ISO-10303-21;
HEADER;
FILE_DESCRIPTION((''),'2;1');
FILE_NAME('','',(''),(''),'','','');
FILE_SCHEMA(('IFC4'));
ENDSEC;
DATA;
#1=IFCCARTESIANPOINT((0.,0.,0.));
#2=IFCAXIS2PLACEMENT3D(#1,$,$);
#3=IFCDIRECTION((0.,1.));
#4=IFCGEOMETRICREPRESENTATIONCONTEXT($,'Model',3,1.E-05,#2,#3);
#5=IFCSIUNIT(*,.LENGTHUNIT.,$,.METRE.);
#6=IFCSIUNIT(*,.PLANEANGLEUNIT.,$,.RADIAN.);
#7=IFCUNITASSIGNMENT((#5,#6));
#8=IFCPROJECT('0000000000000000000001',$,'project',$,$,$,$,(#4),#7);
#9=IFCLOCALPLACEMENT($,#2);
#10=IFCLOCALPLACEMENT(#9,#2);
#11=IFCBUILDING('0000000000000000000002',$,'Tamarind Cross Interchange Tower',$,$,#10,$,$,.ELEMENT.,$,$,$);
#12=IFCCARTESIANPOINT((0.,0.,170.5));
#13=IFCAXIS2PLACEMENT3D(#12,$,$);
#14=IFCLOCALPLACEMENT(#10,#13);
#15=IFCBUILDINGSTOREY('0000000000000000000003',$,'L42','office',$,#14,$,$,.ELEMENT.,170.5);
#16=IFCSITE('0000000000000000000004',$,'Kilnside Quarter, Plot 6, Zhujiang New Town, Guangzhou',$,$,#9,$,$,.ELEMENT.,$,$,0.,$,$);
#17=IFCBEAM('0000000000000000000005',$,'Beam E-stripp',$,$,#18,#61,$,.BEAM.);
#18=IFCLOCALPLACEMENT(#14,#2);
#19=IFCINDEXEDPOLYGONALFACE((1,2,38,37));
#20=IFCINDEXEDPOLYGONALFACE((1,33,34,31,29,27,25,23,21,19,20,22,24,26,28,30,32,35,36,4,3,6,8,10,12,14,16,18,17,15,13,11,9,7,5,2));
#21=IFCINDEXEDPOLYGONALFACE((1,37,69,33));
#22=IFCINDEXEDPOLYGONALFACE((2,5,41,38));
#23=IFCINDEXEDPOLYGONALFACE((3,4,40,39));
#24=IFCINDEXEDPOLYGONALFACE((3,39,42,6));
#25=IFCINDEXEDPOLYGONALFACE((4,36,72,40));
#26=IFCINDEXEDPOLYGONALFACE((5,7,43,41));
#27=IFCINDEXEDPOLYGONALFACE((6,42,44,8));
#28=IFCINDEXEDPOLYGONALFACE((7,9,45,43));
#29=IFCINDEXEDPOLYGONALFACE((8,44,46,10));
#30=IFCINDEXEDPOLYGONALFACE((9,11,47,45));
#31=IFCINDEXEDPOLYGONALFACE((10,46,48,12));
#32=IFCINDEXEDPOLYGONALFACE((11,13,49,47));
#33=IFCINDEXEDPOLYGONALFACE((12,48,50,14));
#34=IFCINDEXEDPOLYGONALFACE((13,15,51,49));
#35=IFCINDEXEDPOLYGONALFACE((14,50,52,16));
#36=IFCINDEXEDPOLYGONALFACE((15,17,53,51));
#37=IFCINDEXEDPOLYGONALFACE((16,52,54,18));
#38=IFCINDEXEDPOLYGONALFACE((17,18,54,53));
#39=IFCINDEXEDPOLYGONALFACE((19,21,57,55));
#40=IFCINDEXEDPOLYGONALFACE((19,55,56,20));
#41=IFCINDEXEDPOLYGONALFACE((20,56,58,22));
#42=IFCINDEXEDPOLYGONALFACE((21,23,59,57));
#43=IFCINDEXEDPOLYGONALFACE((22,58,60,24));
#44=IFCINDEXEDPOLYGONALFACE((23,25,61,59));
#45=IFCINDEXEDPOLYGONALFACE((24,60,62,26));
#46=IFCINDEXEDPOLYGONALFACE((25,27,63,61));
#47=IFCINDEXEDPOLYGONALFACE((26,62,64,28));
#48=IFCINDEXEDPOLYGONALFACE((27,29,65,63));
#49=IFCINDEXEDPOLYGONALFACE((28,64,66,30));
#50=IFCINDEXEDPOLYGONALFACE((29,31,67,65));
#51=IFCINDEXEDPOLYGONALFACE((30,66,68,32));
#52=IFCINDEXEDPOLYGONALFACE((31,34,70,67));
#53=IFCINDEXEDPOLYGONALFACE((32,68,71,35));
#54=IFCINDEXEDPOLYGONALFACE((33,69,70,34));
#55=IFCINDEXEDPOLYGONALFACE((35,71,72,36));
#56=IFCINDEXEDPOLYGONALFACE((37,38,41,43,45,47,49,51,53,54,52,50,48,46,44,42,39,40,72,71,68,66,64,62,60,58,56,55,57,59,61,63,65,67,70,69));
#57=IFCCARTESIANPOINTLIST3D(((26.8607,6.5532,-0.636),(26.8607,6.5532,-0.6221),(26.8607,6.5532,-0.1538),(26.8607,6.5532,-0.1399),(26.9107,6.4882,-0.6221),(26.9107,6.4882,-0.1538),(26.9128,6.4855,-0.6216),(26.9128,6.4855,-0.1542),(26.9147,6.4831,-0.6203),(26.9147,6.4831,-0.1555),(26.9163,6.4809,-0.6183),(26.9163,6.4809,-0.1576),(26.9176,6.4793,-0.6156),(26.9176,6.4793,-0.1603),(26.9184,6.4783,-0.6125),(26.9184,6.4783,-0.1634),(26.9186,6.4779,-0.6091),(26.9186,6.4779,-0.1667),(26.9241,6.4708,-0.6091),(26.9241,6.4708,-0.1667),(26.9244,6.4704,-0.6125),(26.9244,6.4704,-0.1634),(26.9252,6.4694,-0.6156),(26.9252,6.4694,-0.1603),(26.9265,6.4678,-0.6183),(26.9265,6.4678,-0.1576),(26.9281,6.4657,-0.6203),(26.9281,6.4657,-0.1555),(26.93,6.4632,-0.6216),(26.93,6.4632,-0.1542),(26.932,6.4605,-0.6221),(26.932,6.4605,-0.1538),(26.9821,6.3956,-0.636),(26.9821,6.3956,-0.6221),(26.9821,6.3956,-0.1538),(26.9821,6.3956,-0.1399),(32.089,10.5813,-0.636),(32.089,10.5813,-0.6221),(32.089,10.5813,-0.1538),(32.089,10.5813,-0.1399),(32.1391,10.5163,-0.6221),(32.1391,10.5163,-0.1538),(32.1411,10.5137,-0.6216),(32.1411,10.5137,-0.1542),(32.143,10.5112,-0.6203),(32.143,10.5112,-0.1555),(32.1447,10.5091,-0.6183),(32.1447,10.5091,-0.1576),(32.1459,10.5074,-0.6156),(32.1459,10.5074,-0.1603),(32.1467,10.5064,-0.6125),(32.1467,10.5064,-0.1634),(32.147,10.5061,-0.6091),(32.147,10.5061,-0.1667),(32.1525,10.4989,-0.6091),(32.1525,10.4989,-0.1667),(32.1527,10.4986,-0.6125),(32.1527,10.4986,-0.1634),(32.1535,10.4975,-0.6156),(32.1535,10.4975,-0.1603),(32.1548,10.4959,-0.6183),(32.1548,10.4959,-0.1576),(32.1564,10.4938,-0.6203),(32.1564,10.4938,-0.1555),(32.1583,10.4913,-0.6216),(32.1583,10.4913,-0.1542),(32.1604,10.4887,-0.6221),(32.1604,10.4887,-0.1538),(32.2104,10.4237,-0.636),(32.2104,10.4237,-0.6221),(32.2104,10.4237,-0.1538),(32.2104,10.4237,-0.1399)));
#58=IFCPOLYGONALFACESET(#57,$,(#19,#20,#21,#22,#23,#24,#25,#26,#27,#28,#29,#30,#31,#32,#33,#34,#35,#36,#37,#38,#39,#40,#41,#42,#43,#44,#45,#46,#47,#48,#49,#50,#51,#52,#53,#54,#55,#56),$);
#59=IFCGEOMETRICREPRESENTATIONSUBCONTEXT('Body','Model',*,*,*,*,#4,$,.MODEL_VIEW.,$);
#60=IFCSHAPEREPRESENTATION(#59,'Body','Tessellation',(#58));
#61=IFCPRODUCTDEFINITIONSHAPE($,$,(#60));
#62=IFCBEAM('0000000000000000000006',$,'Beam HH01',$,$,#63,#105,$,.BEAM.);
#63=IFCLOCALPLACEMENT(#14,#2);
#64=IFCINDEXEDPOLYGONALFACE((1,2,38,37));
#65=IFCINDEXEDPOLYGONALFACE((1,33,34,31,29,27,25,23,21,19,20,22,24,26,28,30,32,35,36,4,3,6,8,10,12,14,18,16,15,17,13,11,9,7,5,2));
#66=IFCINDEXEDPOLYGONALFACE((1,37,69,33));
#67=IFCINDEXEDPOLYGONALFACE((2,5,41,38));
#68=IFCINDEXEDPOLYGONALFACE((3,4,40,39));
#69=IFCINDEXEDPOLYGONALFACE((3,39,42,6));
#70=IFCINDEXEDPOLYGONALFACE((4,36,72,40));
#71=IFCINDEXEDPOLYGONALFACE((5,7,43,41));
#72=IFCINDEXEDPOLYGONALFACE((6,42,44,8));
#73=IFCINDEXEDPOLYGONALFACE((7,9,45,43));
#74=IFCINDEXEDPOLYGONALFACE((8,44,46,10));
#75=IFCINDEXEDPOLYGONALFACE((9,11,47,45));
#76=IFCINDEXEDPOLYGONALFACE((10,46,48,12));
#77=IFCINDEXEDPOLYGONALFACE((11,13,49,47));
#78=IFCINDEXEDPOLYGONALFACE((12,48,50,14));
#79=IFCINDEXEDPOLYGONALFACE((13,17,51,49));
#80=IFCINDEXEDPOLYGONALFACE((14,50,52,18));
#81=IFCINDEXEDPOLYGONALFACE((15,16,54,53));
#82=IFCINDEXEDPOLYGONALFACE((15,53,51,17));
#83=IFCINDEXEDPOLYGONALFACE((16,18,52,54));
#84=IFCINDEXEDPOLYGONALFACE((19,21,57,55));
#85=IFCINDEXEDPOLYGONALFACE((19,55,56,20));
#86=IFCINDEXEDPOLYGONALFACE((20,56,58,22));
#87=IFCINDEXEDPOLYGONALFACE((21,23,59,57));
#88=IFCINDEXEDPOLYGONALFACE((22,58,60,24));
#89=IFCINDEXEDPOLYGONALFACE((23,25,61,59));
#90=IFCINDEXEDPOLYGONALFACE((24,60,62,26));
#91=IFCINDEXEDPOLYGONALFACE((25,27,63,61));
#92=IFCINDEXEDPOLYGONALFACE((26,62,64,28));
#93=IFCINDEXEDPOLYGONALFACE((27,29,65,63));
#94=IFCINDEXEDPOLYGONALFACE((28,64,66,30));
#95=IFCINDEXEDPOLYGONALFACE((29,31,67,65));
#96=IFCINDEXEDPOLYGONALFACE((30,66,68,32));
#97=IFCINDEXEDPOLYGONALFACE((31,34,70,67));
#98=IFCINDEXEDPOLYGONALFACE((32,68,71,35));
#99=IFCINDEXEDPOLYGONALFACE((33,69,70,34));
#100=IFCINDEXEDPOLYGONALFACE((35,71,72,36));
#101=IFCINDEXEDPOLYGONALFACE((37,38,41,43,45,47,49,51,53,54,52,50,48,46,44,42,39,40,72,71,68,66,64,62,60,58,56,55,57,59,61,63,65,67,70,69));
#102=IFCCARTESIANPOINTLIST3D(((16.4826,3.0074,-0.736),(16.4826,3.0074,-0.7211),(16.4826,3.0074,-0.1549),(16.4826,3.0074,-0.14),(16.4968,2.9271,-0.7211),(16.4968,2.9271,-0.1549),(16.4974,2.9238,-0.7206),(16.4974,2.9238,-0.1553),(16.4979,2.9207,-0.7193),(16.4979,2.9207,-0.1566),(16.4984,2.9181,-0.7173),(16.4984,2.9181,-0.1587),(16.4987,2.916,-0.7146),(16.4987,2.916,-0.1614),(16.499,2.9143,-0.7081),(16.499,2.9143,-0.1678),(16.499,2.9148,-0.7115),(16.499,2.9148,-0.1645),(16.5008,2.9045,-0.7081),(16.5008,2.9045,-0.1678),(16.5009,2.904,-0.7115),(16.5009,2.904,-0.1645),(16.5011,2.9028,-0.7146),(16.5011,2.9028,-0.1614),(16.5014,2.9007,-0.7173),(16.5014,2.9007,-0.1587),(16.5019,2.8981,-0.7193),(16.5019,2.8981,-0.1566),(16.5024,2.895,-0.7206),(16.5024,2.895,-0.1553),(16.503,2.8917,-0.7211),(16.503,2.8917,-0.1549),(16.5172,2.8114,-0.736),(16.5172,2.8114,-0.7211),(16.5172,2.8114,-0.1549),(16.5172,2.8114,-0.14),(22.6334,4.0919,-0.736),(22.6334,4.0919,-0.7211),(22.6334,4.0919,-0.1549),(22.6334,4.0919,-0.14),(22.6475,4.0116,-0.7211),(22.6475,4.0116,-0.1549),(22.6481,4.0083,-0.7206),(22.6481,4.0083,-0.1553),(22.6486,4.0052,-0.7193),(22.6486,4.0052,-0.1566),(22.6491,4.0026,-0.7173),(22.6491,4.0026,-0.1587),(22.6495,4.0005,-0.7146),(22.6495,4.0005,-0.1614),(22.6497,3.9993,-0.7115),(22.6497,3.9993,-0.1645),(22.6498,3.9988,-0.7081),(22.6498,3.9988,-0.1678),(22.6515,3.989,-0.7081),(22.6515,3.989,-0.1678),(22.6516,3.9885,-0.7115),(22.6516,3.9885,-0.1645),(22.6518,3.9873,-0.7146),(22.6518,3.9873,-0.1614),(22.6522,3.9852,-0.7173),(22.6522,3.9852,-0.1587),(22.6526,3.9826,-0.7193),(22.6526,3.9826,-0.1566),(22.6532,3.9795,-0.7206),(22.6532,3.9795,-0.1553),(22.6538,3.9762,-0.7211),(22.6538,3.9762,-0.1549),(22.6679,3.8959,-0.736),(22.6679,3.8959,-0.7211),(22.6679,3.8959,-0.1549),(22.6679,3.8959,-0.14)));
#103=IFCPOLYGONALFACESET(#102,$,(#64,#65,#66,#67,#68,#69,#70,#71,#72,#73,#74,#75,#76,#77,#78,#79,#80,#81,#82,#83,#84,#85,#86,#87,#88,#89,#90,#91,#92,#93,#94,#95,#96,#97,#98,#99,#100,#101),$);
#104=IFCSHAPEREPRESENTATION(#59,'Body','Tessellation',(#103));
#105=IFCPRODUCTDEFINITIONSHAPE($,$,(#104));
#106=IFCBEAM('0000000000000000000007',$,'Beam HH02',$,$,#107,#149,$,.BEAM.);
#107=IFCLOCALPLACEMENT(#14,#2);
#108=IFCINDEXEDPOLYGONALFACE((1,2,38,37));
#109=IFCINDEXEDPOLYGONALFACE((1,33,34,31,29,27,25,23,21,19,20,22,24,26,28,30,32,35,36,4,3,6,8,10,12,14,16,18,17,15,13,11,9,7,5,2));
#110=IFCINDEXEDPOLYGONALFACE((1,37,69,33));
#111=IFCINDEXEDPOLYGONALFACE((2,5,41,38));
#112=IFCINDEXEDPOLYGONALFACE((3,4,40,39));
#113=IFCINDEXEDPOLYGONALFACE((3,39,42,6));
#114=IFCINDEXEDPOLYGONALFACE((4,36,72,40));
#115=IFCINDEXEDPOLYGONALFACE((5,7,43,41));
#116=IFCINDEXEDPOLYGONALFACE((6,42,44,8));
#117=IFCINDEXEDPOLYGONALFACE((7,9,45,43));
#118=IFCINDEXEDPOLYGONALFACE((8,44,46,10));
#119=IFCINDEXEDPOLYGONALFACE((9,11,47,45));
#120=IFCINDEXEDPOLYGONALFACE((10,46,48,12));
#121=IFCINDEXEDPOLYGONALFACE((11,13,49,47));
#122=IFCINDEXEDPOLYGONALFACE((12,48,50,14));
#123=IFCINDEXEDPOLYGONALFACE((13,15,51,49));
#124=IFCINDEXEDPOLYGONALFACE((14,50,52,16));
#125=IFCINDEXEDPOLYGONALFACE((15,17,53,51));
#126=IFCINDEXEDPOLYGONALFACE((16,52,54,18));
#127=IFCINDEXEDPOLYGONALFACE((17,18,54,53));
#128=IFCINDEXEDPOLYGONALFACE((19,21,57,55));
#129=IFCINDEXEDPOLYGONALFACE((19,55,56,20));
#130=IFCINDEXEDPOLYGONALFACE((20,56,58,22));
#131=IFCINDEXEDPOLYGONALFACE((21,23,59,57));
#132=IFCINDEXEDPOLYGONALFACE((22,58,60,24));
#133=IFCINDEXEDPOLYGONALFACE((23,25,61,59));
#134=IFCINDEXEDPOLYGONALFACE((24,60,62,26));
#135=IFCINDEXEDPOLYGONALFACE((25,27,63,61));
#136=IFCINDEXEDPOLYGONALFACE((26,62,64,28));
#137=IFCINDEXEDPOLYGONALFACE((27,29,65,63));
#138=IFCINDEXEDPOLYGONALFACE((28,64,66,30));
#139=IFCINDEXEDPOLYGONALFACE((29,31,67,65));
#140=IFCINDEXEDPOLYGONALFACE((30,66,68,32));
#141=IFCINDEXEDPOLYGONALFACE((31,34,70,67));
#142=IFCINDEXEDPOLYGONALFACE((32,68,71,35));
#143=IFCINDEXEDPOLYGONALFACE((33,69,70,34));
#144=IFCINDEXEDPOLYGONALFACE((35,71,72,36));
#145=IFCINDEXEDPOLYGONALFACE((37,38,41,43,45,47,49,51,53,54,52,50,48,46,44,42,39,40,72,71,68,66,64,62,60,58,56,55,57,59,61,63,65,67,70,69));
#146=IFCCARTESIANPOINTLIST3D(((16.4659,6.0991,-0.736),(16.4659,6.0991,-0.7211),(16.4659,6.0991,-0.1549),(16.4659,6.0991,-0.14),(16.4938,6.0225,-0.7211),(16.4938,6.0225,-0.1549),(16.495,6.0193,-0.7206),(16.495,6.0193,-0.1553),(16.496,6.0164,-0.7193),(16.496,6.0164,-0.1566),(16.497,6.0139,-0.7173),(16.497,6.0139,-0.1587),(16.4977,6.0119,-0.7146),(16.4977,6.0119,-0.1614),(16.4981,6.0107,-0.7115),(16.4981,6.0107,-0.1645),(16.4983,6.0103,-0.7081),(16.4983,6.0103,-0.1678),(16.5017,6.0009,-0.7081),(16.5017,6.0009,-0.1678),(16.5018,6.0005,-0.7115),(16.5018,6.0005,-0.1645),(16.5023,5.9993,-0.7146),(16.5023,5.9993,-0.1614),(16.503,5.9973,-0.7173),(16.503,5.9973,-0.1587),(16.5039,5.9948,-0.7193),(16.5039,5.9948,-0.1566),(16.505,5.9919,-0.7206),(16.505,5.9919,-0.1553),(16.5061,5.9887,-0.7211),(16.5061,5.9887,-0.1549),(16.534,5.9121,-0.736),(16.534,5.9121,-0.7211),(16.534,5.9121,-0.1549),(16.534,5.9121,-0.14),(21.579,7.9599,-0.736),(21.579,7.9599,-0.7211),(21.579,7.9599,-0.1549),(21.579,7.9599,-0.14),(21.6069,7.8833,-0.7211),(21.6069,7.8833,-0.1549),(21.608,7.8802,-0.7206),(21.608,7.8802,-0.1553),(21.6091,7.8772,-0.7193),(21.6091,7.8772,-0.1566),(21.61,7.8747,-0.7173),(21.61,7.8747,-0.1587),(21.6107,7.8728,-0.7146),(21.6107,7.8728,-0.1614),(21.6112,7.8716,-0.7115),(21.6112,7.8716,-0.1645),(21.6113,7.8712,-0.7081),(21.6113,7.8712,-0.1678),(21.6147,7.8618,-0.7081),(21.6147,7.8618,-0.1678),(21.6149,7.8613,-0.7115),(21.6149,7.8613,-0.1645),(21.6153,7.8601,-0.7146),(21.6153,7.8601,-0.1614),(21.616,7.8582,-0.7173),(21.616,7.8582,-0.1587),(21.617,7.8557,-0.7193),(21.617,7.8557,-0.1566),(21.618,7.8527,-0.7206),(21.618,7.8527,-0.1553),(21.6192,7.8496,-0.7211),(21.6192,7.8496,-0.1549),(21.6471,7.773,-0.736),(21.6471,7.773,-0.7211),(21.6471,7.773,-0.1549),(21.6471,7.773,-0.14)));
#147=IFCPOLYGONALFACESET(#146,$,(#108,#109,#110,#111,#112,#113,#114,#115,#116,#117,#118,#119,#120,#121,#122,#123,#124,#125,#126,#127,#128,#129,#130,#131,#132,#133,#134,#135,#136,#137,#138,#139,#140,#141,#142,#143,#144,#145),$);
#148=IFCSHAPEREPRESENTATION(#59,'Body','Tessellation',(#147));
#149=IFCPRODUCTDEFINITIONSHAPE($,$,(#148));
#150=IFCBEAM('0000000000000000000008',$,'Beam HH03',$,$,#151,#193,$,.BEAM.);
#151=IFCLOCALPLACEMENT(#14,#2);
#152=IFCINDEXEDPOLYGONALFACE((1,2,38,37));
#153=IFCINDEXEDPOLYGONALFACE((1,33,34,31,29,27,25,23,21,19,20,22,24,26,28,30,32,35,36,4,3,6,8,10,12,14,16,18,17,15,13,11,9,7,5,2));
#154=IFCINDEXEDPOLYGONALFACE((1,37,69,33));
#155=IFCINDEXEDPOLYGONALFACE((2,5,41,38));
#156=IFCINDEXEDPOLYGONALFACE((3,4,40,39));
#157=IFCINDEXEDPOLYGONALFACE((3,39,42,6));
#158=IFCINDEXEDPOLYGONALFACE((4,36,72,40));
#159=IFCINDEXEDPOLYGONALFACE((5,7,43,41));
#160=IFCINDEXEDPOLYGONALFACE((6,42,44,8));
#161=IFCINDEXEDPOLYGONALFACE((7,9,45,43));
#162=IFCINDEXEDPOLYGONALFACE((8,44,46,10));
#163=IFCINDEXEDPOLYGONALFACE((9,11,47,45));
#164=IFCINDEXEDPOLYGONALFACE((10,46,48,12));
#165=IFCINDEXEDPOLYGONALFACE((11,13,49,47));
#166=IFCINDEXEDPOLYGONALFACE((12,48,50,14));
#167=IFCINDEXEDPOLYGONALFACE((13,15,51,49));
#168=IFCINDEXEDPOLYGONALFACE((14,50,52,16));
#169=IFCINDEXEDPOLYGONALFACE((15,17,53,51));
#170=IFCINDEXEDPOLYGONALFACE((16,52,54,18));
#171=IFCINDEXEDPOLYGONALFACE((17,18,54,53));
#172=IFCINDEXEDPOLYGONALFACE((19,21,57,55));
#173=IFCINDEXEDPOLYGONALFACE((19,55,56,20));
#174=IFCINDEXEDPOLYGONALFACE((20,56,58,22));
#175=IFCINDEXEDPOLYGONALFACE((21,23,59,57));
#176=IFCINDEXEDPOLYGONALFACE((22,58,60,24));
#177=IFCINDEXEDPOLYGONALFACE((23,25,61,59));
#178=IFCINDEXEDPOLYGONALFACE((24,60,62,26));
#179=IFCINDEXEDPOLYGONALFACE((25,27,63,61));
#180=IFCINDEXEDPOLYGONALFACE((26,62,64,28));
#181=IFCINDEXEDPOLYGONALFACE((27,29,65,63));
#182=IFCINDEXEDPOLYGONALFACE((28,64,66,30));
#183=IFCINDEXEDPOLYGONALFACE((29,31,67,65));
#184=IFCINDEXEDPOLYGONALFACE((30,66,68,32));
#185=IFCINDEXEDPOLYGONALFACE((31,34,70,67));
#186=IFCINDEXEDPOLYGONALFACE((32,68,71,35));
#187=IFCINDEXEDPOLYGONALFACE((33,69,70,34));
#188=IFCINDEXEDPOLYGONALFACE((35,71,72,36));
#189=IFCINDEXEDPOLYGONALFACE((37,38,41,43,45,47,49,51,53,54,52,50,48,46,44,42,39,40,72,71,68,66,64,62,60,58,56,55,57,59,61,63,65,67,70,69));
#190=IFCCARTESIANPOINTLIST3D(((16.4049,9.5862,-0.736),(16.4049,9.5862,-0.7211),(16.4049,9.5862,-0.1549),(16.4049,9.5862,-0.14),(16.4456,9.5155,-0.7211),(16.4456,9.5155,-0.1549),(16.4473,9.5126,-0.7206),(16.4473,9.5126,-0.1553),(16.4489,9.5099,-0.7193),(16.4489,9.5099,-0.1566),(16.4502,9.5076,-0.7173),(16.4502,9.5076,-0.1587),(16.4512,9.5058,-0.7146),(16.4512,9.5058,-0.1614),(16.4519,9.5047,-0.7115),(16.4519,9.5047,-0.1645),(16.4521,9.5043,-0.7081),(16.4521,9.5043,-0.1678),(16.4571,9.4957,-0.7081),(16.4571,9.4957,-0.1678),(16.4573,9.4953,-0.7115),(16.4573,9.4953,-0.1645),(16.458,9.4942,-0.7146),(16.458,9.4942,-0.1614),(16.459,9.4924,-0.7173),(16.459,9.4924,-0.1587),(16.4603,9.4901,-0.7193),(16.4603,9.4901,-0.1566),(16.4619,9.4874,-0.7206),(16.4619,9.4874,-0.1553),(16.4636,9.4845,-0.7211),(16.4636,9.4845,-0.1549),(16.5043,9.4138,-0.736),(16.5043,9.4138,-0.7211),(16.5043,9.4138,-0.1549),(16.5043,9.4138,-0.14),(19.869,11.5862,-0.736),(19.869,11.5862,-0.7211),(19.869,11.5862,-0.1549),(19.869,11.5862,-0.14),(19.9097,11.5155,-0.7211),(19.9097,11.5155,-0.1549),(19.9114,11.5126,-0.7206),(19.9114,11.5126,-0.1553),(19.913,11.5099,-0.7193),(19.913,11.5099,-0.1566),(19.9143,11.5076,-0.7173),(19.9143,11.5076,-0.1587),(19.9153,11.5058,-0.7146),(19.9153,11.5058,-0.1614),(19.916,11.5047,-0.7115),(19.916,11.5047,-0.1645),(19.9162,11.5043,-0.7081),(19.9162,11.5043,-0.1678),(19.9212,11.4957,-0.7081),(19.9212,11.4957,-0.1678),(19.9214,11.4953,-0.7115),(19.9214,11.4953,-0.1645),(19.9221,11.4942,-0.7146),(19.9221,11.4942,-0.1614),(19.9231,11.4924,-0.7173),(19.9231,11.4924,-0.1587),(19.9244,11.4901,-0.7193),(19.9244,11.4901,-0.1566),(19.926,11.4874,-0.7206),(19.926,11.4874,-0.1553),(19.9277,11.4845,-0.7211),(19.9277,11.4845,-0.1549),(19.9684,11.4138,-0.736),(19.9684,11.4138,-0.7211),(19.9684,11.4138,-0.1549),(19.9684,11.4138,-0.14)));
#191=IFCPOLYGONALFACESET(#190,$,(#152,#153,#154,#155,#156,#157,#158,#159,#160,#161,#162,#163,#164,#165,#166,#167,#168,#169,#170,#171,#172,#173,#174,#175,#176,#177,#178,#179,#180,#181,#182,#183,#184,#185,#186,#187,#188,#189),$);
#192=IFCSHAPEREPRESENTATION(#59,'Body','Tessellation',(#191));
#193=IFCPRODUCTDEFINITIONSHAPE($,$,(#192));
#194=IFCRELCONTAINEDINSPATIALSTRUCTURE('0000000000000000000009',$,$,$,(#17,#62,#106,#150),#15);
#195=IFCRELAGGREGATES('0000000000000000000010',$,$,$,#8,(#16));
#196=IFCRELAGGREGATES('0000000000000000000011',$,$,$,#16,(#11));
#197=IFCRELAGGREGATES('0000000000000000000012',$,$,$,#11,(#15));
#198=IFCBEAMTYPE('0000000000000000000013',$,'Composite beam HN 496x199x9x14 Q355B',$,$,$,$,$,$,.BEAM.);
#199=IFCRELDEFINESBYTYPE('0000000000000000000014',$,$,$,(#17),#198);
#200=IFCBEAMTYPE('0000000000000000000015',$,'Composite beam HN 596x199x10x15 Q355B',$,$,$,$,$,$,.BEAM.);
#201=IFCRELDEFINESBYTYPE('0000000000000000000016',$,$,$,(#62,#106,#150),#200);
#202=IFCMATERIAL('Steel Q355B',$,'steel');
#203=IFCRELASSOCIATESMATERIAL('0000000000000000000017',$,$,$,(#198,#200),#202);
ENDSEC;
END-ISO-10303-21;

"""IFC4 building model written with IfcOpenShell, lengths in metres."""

from ifc_helpers import new_model, si_unit, direction, frame, origin, origin_2d, place, context, subcontext, project, spatial, i_section, extrude, material, material_profile, profile_set, type_object, element, save


model = new_model("IFC4")

# Units and contexts
model_context = context("Model", 3, precision=1e-05, world=origin(), true_north=direction((0.0, 1.0)))
body_context = subcontext(model_context, "Body", "Model", "MODEL_VIEW")
ifc_project = project(units=[si_unit("LENGTHUNIT", "METRE"), si_unit("PLANEANGLEUNIT", "RADIAN")], contexts=[model_context])

# Site, building, storey
site_placement = place(None, origin())
site = spatial("IfcSite", under=ifc_project, at=site_placement, Name="Kilnside Quarter, Plot 6, Zhujiang New Town, Guangzhou", CompositionType="ELEMENT", RefElevation=0.0)
building_placement = place(site_placement, origin())
building = spatial("IfcBuilding", under=site, at=building_placement, Name="Tamarind Cross Interchange Tower", CompositionType="ELEMENT")
storey_placement = place(building_placement, frame((0.0, 0.0, 170.5)))
storey = spatial("IfcBuildingStorey", under=building, at=storey_placement, Name="L42", Description="office", CompositionType="ELEMENT", Elevation=170.5)

# Beams
ifc_material_1 = material(Name="Steel Q355B", Category="steel")
ifc_material_profile_1 = material_profile(ifc_material_1, i_section(OverallWidth=0.199, OverallDepth=0.4961, WebThickness=0.009, FlangeThickness=0.0139, FilletRadius=0.0129, at=origin_2d()), Name="HN 496x199x9x14")
ifc_profile_set_1 = profile_set([ifc_material_profile_1], Name="Steel Q355B")
beam_type_1 = type_object("IfcBeamType", Name="Composite beam HN 496x199x9x14 Q355B", PredefinedType="BEAM", material=ifc_profile_set_1)
beam_1_placement = place(storey_placement, frame((26.9214, 6.4744, -0.3879), z_axis=(0.79216, 0.610313, 0.0), x_axis=(-0.610313, 0.79216, 0.0)))
element("IfcBeam", 1, at=beam_1_placement, inside=storey, type_object=beam_type_1, Name="Beam E-stripp", PredefinedType="BEAM", context=body_context, shape_type="SweptSolid", body=[
    extrude(i_section(OverallWidth=0.199, OverallDepth=0.4961, WebThickness=0.009, FlangeThickness=0.0139, FilletRadius=0.0129, at=origin_2d()), origin(), (0.0, 0.0, 1.0), 6.6001),
])
ifc_material_profile_2 = material_profile(ifc_material_1, i_section(OverallWidth=0.199, OverallDepth=0.5959, WebThickness=0.01, FlangeThickness=0.0149, FilletRadius=0.0129, at=origin_2d()), Name="HN 596x199x10x15")
ifc_profile_set_2 = profile_set([ifc_material_profile_2], Name="Steel Q355B")
beam_type_2 = type_object("IfcBeamType", Name="Composite beam HN 596x199x10x15 Q355B", PredefinedType="BEAM", material=ifc_profile_set_2)
beam_2_placement = place(storey_placement, frame((22.6506, 3.9939, -0.438), z_axis=(-0.984809, -0.17364, 0.0), x_axis=(0.17364, -0.984809, 0.0)))
element("IfcBeam", 2, at=beam_2_placement, inside=storey, type_object=beam_type_2, Name="Beam HH01", PredefinedType="BEAM", context=body_context, shape_type="SweptSolid", body=[
    extrude(i_section(OverallWidth=0.199, OverallDepth=0.5959, WebThickness=0.01, FlangeThickness=0.0149, FilletRadius=0.0129, at=origin_2d()), origin(), (0.0, 0.0, 1.0), 6.2456),
])
beam_3_placement = place(storey_placement, frame((21.613, 7.8665, -0.438), z_axis=(-0.939702, -0.341995, 0.0), x_axis=(0.341995, -0.939702, 0.0)))
element("IfcBeam", 3, at=beam_3_placement, inside=storey, type_object=beam_type_2, Name="Beam HH02", PredefinedType="BEAM", context=body_context, shape_type="SweptSolid", body=[
    extrude(i_section(OverallWidth=0.199, OverallDepth=0.5959, WebThickness=0.01, FlangeThickness=0.0149, FilletRadius=0.0129, at=origin_2d()), origin(), (0.0, 0.0, 1.0), 5.4412),
])
beam_4_placement = place(storey_placement, frame((19.9187, 11.5, -0.438), z_axis=(-0.866026, -0.499999, 0.0), x_axis=(0.499999, -0.866026, 0.0)))
element("IfcBeam", 4, at=beam_4_placement, inside=storey, type_object=beam_type_2, Name="Beam HH03", PredefinedType="BEAM", context=body_context, shape_type="SweptSolid", body=[
    extrude(i_section(OverallWidth=0.199, OverallDepth=0.5959, WebThickness=0.01, FlangeThickness=0.0149, FilletRadius=0.0129, at=origin_2d()), origin(), (0.0, 0.0, 1.0), 4.0),
])

save(model, "model.ifc")
